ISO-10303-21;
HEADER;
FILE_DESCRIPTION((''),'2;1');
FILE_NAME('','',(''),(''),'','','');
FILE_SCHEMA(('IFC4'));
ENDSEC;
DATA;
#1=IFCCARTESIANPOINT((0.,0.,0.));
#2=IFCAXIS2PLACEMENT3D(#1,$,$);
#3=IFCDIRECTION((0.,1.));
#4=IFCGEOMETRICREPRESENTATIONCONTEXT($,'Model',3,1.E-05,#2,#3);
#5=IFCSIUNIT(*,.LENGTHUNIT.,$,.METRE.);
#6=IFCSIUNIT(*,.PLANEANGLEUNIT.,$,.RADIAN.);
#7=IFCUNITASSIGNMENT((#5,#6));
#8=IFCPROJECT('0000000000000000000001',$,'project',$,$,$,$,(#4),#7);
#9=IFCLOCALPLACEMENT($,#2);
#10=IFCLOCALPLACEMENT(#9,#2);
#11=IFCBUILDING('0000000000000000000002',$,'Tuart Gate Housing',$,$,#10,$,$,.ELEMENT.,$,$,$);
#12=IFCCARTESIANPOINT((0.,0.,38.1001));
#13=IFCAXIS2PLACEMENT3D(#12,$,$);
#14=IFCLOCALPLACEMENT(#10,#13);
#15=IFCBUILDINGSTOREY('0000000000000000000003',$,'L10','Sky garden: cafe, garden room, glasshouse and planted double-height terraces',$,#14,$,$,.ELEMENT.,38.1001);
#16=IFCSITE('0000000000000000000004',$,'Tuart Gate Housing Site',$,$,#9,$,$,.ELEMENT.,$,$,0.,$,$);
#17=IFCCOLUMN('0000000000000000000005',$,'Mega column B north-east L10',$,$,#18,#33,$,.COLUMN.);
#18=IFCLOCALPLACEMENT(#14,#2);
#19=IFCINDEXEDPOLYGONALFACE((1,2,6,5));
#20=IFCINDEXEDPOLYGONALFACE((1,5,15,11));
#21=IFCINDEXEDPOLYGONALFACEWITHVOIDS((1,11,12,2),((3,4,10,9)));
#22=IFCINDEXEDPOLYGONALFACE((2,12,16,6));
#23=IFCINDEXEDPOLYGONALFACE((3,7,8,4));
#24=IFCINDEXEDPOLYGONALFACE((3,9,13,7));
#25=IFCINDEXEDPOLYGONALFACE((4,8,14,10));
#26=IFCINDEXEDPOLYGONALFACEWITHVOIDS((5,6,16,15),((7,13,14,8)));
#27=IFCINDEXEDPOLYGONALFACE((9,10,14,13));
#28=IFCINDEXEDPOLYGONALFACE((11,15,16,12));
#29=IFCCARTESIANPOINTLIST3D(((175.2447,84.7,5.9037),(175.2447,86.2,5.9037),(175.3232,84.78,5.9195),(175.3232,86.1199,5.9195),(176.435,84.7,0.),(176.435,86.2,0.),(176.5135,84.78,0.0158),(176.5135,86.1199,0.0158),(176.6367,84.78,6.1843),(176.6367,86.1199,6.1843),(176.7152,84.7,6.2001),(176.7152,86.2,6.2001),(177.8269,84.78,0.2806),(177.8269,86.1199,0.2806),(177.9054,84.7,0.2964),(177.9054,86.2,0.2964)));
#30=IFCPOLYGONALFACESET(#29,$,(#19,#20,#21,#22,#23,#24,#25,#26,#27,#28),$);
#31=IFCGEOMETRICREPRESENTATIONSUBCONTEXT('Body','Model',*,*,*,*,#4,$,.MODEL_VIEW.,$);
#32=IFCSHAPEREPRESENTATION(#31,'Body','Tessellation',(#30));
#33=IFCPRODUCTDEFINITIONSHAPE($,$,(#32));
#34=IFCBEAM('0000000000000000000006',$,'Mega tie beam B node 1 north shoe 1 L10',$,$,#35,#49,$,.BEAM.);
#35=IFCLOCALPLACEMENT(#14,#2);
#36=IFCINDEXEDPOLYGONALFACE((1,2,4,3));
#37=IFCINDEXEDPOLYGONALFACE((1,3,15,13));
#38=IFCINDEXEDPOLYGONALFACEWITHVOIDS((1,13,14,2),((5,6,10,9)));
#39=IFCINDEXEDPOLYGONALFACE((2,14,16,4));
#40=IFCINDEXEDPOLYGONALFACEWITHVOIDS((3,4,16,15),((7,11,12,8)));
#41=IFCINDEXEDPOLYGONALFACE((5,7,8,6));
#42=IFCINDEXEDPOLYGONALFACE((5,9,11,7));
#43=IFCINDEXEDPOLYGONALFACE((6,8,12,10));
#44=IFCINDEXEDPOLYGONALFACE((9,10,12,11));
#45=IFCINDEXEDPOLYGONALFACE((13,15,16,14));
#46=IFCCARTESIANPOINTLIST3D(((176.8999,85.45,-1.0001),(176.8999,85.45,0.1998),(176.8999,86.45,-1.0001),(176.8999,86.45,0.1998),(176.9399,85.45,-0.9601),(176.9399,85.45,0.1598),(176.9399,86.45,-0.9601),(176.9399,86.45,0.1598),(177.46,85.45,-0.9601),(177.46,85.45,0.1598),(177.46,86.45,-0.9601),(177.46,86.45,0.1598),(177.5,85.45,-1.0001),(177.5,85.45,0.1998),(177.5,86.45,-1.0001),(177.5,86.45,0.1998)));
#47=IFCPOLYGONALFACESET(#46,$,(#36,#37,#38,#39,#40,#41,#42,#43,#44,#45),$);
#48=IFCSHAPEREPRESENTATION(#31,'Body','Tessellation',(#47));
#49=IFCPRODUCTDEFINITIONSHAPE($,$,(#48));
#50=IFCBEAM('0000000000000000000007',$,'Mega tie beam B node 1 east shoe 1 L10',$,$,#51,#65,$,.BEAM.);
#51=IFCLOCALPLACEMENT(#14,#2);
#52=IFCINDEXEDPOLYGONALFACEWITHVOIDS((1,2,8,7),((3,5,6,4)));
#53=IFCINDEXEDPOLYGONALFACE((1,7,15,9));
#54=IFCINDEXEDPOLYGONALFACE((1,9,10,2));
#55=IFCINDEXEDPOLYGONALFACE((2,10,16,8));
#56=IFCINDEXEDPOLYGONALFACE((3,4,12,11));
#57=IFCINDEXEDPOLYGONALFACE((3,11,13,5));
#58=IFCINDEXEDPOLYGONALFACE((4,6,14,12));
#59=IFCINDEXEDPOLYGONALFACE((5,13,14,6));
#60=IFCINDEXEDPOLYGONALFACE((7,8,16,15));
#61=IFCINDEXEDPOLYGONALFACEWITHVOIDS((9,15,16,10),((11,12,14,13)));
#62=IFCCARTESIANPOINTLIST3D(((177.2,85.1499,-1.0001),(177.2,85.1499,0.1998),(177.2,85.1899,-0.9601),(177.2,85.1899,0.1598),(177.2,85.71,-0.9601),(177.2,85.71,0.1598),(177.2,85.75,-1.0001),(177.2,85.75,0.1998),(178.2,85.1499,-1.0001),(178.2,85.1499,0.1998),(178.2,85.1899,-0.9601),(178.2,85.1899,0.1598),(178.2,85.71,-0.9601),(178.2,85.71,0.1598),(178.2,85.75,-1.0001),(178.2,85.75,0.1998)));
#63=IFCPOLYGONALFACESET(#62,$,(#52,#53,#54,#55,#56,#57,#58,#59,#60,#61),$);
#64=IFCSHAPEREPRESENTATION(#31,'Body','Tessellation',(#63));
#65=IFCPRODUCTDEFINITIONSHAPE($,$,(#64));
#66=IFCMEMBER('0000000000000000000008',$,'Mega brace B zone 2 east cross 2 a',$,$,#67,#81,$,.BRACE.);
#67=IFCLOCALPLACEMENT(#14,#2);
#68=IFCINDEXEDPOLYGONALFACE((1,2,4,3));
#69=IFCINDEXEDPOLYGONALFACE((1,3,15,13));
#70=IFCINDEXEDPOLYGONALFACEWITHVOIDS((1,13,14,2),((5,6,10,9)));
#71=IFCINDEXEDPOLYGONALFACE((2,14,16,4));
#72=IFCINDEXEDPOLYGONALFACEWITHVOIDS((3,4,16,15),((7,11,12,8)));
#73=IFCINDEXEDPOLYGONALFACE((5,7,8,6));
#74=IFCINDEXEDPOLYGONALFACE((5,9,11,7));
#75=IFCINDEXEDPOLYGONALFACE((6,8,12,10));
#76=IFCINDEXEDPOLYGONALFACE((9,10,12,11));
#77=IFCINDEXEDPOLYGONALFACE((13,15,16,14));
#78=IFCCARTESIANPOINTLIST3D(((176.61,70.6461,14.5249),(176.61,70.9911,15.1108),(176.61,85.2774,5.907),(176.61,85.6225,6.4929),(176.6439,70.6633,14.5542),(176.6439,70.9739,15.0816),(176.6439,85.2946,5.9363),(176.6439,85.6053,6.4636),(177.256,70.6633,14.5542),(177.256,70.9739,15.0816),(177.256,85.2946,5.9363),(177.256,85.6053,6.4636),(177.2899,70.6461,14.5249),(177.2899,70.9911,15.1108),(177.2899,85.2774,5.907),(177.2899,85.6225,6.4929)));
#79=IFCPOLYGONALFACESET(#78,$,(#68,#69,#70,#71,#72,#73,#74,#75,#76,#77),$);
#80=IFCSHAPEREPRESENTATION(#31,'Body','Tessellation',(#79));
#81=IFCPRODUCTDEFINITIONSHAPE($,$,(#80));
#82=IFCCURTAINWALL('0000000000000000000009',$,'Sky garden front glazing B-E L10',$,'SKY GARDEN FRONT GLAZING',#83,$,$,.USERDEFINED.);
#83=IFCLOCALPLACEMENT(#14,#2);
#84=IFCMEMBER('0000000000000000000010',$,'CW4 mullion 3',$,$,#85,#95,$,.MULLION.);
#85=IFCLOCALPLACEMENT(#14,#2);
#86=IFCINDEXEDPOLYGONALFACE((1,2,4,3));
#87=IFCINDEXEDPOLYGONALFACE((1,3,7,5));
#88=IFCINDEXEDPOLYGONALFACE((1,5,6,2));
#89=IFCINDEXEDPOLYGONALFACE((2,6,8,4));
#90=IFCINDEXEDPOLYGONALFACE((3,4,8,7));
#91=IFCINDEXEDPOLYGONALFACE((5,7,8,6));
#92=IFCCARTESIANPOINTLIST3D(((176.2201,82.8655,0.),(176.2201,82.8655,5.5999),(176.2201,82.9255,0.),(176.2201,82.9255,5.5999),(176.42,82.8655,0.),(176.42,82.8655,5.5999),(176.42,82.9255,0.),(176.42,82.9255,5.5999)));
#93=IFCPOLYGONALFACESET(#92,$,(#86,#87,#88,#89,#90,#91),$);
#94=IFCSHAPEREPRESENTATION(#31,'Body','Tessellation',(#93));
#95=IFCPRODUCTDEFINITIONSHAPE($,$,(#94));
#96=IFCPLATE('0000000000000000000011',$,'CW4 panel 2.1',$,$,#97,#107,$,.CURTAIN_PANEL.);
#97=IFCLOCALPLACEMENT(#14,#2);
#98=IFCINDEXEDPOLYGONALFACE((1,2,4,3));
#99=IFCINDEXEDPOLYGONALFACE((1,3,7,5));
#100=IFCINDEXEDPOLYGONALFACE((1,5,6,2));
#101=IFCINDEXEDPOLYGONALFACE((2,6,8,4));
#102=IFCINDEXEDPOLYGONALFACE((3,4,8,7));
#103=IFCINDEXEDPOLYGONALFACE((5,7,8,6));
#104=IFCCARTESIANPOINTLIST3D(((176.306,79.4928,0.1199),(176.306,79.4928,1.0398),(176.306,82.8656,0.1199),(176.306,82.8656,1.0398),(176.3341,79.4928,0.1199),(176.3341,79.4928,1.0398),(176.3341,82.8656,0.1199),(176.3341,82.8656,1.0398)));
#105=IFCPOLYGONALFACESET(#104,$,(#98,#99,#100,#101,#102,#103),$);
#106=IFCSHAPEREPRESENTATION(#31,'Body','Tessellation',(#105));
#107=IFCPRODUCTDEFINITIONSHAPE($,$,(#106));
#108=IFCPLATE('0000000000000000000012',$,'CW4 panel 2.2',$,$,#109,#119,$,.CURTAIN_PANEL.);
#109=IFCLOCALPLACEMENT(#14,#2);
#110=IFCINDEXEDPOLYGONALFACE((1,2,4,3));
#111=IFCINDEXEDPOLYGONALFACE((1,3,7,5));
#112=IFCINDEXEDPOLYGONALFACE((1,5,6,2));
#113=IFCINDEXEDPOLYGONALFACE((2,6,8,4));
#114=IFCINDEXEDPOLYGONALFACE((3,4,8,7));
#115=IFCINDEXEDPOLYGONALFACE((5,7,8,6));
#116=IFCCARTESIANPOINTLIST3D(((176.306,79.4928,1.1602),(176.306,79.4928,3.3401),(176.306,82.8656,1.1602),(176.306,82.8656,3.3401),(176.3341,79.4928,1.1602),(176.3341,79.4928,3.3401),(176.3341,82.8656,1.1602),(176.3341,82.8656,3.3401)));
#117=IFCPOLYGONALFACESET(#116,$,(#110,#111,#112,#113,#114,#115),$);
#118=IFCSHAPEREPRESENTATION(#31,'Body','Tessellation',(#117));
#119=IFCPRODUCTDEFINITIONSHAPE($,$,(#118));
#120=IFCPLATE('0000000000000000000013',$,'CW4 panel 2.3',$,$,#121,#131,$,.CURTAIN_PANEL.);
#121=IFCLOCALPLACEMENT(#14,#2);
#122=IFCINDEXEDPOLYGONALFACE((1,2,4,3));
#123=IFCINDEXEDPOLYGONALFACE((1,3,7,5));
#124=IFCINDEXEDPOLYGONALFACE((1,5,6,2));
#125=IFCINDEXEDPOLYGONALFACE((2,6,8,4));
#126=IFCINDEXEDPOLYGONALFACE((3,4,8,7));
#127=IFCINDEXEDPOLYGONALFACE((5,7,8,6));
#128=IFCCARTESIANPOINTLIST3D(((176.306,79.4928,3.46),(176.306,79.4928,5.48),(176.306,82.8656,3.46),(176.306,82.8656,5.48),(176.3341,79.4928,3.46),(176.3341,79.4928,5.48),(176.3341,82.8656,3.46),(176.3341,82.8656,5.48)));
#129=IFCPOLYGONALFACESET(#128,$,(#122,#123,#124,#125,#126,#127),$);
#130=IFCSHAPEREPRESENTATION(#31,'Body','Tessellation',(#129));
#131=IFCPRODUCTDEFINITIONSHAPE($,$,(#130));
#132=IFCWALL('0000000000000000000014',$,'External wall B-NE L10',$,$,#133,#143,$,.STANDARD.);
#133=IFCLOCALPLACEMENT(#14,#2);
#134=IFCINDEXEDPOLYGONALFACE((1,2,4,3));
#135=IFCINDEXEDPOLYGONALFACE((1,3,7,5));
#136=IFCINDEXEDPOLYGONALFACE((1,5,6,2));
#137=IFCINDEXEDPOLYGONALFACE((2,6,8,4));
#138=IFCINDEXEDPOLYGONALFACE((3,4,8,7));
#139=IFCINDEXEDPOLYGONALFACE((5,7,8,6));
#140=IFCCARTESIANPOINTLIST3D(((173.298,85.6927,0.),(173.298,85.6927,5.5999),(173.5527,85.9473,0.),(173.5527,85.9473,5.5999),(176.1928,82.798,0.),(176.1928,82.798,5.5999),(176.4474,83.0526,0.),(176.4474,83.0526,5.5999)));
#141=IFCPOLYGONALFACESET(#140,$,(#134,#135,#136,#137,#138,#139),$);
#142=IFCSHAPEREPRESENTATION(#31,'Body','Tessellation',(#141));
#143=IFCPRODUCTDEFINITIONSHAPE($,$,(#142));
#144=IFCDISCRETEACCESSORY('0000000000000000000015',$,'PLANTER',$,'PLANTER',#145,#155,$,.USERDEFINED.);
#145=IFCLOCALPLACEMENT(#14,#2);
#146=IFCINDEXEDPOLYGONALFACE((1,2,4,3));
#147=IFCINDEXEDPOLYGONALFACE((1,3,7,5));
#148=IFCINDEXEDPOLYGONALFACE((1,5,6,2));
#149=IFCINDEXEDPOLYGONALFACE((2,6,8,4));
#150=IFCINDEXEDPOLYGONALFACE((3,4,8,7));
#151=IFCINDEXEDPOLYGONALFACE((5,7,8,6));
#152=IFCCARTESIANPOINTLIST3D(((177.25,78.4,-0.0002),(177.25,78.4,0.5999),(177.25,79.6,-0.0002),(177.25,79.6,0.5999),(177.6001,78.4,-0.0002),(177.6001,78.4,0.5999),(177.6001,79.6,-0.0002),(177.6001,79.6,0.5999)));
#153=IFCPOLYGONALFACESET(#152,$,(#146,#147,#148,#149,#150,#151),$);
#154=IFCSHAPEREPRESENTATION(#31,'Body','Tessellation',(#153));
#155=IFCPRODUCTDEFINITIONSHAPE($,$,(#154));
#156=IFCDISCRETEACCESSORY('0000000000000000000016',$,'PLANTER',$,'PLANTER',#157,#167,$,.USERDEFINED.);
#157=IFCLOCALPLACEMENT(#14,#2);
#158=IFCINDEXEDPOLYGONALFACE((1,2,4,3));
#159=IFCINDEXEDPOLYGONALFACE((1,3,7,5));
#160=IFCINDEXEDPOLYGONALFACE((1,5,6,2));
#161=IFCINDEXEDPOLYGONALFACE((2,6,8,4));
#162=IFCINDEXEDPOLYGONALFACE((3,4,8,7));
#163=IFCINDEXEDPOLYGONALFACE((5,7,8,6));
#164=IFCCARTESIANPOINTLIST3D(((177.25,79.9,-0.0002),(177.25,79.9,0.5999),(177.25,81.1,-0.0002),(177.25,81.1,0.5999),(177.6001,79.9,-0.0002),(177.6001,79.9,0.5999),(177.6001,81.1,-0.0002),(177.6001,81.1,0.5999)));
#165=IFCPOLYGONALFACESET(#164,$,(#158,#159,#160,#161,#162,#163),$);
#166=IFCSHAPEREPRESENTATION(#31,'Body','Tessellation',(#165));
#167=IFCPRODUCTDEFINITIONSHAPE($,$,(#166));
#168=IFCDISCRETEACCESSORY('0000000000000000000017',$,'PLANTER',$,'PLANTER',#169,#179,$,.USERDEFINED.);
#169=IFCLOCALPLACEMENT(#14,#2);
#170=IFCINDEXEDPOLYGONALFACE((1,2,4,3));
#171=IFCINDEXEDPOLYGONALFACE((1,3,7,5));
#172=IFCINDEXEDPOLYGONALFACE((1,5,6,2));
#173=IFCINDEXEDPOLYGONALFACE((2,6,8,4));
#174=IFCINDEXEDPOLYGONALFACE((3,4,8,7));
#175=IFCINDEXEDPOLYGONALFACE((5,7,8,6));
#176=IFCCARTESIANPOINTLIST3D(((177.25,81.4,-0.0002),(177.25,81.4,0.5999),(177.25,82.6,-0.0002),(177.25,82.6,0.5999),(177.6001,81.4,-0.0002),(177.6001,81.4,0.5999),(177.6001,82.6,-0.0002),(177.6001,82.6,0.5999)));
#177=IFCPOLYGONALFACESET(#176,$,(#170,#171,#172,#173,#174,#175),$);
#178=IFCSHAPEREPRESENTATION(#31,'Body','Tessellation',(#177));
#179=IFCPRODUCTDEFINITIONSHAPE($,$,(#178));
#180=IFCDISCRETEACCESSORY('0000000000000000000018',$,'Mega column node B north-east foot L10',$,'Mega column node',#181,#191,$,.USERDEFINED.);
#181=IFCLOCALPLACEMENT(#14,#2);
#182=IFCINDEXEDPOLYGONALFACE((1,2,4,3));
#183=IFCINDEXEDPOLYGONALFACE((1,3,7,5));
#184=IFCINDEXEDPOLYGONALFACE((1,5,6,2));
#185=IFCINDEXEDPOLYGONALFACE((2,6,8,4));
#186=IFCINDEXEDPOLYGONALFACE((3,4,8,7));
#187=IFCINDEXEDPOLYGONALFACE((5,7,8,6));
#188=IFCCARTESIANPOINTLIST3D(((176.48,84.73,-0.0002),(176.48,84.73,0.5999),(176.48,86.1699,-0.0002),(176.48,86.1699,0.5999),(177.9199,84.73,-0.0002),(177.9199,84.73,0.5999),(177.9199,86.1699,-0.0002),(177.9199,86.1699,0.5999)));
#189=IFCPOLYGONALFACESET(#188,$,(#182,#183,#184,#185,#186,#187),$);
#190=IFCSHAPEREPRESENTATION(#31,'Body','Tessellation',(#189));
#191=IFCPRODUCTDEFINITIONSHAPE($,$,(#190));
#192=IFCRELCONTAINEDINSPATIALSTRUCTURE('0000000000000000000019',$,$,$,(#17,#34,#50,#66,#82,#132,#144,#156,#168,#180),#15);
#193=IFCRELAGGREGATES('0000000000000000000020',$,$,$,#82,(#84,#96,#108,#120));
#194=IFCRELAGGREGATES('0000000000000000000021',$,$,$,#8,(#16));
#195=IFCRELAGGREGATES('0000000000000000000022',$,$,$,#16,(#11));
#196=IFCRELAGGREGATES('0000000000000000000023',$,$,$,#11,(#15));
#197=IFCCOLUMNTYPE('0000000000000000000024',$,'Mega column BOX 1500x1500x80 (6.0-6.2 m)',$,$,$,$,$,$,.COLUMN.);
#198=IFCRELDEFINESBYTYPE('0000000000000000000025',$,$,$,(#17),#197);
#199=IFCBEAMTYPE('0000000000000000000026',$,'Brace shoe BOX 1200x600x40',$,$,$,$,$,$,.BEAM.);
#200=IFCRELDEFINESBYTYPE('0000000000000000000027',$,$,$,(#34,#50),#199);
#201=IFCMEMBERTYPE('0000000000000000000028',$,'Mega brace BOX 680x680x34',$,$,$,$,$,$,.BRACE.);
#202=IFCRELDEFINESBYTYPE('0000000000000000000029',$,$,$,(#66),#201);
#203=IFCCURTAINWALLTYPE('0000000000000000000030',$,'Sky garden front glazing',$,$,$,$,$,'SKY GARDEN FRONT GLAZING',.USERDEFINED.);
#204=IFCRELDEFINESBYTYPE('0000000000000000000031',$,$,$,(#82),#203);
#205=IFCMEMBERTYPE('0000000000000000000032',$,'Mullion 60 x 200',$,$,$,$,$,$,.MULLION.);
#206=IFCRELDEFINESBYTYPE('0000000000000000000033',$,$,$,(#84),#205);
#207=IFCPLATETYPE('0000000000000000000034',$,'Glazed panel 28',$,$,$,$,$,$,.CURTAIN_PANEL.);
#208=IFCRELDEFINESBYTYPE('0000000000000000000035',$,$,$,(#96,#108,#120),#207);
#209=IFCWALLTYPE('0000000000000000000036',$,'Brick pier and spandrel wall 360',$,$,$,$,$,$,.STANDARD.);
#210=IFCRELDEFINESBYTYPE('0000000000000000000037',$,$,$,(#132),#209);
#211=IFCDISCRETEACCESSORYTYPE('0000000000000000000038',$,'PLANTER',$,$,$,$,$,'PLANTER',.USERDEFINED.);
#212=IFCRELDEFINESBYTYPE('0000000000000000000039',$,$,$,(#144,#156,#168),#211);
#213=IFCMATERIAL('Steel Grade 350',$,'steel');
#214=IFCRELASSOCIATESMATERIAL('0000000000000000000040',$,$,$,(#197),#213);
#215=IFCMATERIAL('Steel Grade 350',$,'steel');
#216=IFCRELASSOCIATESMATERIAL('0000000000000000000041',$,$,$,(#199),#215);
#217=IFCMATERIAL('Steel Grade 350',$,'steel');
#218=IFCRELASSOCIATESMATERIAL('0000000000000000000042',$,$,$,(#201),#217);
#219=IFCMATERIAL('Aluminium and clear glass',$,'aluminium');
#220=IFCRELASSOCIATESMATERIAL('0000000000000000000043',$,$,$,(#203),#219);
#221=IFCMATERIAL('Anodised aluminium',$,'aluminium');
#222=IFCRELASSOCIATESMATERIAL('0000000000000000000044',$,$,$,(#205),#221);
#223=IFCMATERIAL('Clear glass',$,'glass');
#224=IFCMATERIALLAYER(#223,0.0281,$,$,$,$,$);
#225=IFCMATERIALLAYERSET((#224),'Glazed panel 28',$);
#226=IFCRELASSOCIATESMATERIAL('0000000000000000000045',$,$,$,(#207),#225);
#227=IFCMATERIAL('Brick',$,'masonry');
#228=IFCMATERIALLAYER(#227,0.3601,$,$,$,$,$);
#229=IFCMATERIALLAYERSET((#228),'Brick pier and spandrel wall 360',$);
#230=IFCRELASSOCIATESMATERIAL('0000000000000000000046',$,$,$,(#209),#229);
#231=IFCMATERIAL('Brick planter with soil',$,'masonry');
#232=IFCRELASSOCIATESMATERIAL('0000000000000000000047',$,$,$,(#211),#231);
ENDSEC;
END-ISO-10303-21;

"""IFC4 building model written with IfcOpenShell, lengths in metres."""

from ifc_helpers import new_model, si_unit, direction, frame, frame_2d, origin, origin_2d, place, context, subcontext, project, spatial, rectangle, hollow_rectangle, extrude, material, layer, layer_set, material_profile, profile_set, type_object, element, aggregate, save


model = new_model("IFC4")

# Units and contexts
model_context = context("Model", 3, precision=1e-05, world=origin(), true_north=direction((0.0, 1.0)))
body_context = subcontext(model_context, "Body", "Model", "MODEL_VIEW")
ifc_project = project(units=[si_unit("LENGTHUNIT", "METRE"), si_unit("PLANEANGLEUNIT", "RADIAN")], contexts=[model_context])

# Site, building, storey
site_placement = place(None, origin())
site = spatial("IfcSite", under=ifc_project, at=site_placement, Name="Tuart Gate Housing Site", CompositionType="ELEMENT", RefElevation=0.0)
building_placement = place(site_placement, origin())
building = spatial("IfcBuilding", under=site, at=building_placement, Name="Tuart Gate Housing", CompositionType="ELEMENT")
storey_placement = place(building_placement, frame((0.0, 0.0, 38.1001)))
storey = spatial("IfcBuildingStorey", under=building, at=storey_placement, Name="L10", Description="Sky garden: cafe, garden room, glasshouse and planted double-height terraces", CompositionType="ELEMENT", Elevation=38.1001)

# Column
ifc_material_1 = material(Name="Steel Grade 350", Category="steel")
ifc_material_profile_1 = material_profile(ifc_material_1, hollow_rectangle(XDim=1.5, YDim=1.5, WallThickness=0.0801, at=origin_2d()), Name="BOX 1500x1500x80")
ifc_profile_set_1 = profile_set([ifc_material_profile_1], Name="Steel Grade 350")
column_type = type_object("IfcColumnType", Name="Mega column BOX 1500x1500x80 (6.0-6.2 m)", PredefinedType="COLUMN", material=ifc_profile_set_1)
column_placement = place(storey_placement, frame((177.1702, 85.45, 0.1482), z_axis=(-0.197628, 0.0, 0.980277), x_axis=(0.0, -1.0, 0.0)))
element("IfcColumn", 1, at=column_placement, inside=storey, type_object=column_type, Name="Mega column B north-east L10", PredefinedType="COLUMN", context=body_context, shape_type="SweptSolid", body=[
    extrude(hollow_rectangle(XDim=1.5, YDim=1.5, WallThickness=0.0801, at=origin_2d()), origin(), (0.0, 0.0, 1.0), 6.0225),
])

# Beams
ifc_material_2 = material(Name="Steel Grade 350", Category="steel")
ifc_material_profile_2 = material_profile(ifc_material_2, hollow_rectangle(XDim=0.6001, YDim=1.2, WallThickness=0.04, at=origin_2d()), Name="BOX 1200x600x40")
ifc_profile_set_2 = profile_set([ifc_material_profile_2], Name="Steel Grade 350")
beam_type = type_object("IfcBeamType", Name="Brace shoe BOX 1200x600x40", PredefinedType="BEAM", material=ifc_profile_set_2)
for number, where, z_axis, x_axis, name in (
    (2, (177.2, 85.45, -0.4001), (0.0, 1.0, 0.0), (-1.0, 0.0, 0.0), "Mega tie beam B node 1 north shoe 1 L10"),
    (3, (177.2, 85.45, -0.4001), (1.0, 0.0, 0.0), (0.0, 1.0, 0.0), "Mega tie beam B node 1 east shoe 1 L10"),
):
    element("IfcBeam", number, at=place(storey_placement, frame(where, z_axis=z_axis, x_axis=x_axis)), inside=storey, type_object=beam_type, Name=name, PredefinedType="BEAM", context=body_context, shape_type="SweptSolid", body=[
        extrude(hollow_rectangle(XDim=0.6001, YDim=1.2, WallThickness=0.04, at=origin_2d()), origin(), (0.0, 0.0, 1.0), 1.0),
    ])

# Member
ifc_material_3 = material(Name="Steel Grade 350", Category="steel")
ifc_material_profile_3 = material_profile(ifc_material_3, hollow_rectangle(XDim=0.6799, YDim=0.6799, WallThickness=0.0339, at=origin_2d()), Name="BOX 680x680x34")
ifc_profile_set_3 = profile_set([ifc_material_profile_3], Name="Steel Grade 350")
member_type_1 = type_object("IfcMemberType", Name="Mega brace BOX 680x680x34", PredefinedType="BRACE", material=ifc_profile_set_3)
member_1_placement = place(storey_placement, frame((176.95, 85.45, 6.2), z_axis=(0.0, -0.861645, 0.507512), x_axis=(1.0, 0.0, 0.0)))
element("IfcMember", 4, at=member_1_placement, inside=storey, type_object=member_type_1, Name="Mega brace B zone 2 east cross 2 a", PredefinedType="BRACE", context=body_context, shape_type="SweptSolid", body=[
    extrude(hollow_rectangle(XDim=0.6799, YDim=0.6799, WallThickness=0.0339, at=origin_2d()), origin(), (0.0, 0.0, 1.0), 16.9807),
])

# Curtain wall, member, plates
ifc_material_4 = material(Name="Aluminium and clear glass", Category="aluminium")
curtain_wall_type = type_object("IfcCurtainWallType", Name="Sky garden front glazing", ElementType="SKY GARDEN FRONT GLAZING", PredefinedType="USERDEFINED", material=ifc_material_4)
curtain_wall_placement = place(storey_placement, origin())
curtain_wall = element("IfcCurtainWall", 5, at=curtain_wall_placement, inside=storey, type_object=curtain_wall_type, Name="Sky garden front glazing B-E L10", ObjectType="SKY GARDEN FRONT GLAZING", PredefinedType="USERDEFINED")
ifc_material_5 = material(Name="Anodised aluminium", Category="aluminium")
ifc_material_profile_4 = material_profile(ifc_material_5, rectangle(XDim=0.0601, YDim=0.2, at=origin_2d()), Name="60x200")
ifc_profile_set_4 = profile_set([ifc_material_profile_4], Name="Anodised aluminium")
member_type_2 = type_object("IfcMemberType", Name="Mullion 60 x 200", PredefinedType="MULLION", material=ifc_profile_set_4)
member_2_placement = place(storey_placement, frame((176.3201, 82.8955, 0.0), z_axis=(0.0, 0.0, 1.0), x_axis=(0.0, 1.0, 0.0)))
member_2 = element("IfcMember", 6, at=member_2_placement, type_object=member_type_2, Name="CW4 mullion 3", PredefinedType="MULLION", context=body_context, shape_type="SweptSolid", body=[
    extrude(rectangle(XDim=0.0601, YDim=0.2, at=origin_2d()), origin(), (0.0, 0.0, 1.0), 5.5999),
])
ifc_material_6 = material(Name="Clear glass", Category="glass")
ifc_layer_1 = layer(ifc_material_6, 0.0281)
ifc_layer_set_1 = layer_set([ifc_layer_1], Name="Glazed panel 28")
plate_type = type_object("IfcPlateType", Name="Glazed panel 28", PredefinedType="CURTAIN_PANEL", material=ifc_layer_set_1)
plate_1_placement = place(storey_placement, frame((176.3201, 81.1792, 0.1199), z_axis=(0.0, 0.0, 1.0), x_axis=(0.0, 1.0, 0.0)))
plate_1 = element("IfcPlate", 7, at=plate_1_placement, type_object=plate_type, Name="CW4 panel 2.1", PredefinedType="CURTAIN_PANEL", context=body_context, shape_type="SweptSolid", body=[
    extrude(rectangle(XDim=3.3728, YDim=0.0281, at=origin_2d()), origin(), (0.0, 0.0, 1.0), 0.9199),
])
plate_2_placement = place(storey_placement, frame((176.3201, 81.1792, 1.1602), z_axis=(0.0, 0.0, 1.0), x_axis=(0.0, 1.0, 0.0)))
plate_2 = element("IfcPlate", 8, at=plate_2_placement, type_object=plate_type, Name="CW4 panel 2.2", PredefinedType="CURTAIN_PANEL", context=body_context, shape_type="SweptSolid", body=[
    extrude(rectangle(XDim=3.3728, YDim=0.0281, at=origin_2d()), origin(), (0.0, 0.0, 1.0), 2.1799),
])
plate_3_placement = place(storey_placement, frame((176.3201, 81.1792, 3.46), z_axis=(0.0, 0.0, 1.0), x_axis=(0.0, 1.0, 0.0)))
plate_3 = element("IfcPlate", 9, at=plate_3_placement, type_object=plate_type, Name="CW4 panel 2.3", PredefinedType="CURTAIN_PANEL", context=body_context, shape_type="SweptSolid", body=[
    extrude(rectangle(XDim=3.3728, YDim=0.0281, at=origin_2d()), origin(), (0.0, 0.0, 1.0), 2.02),
])
aggregate(curtain_wall, [member_2, plate_1, plate_2, plate_3])

# Wall
ifc_material_7 = material(Name="Brick", Category="masonry")
ifc_layer_2 = layer(ifc_material_7, 0.3601)
ifc_layer_set_2 = layer_set([ifc_layer_2], Name="Brick pier and spandrel wall 360")
wall_type = type_object("IfcWallType", Name="Brick pier and spandrel wall 360", PredefinedType="STANDARD", material=ifc_layer_set_2)
wall_placement = place(storey_placement, frame((176.3201, 82.9253, 0.0), z_axis=(0.0, 0.0, 1.0), x_axis=(-0.707107, 0.707107, 0.0)))
element("IfcWall", 10, at=wall_placement, inside=storey, type_object=wall_type, Name="External wall B-NE L10", PredefinedType="STANDARD", context=body_context, shape_type="SweptSolid", body=[
    extrude(rectangle(XDim=4.0938, YDim=0.3601, at=frame_2d((2.0469, 0.0))), origin(), (0.0, 0.0, 1.0), 5.5999),
])

# Discrete accessories
ifc_material_8 = material(Name="Brick planter with soil", Category="masonry")
discrete_accessory_type = type_object("IfcDiscreteAccessoryType", Name="PLANTER", ElementType="PLANTER", PredefinedType="USERDEFINED", material=ifc_material_8)
for number, where, z_axis, x_axis, name in (
    (11, (177.425, 79.0, -0.0002), (0.0, 0.0, 1.0), (1.0, 0.0, 0.0), "PLANTER"),
    (12, (177.425, 80.5, -0.0002), (0.0, 0.0, 1.0), (1.0, 0.0, 0.0), "PLANTER"),
    (13, (177.425, 82.0, -0.0002), (0.0, 0.0, 1.0), (1.0, 0.0, 0.0), "PLANTER"),
):
    element("IfcDiscreteAccessory", number, at=place(storey_placement, frame(where, z_axis=z_axis, x_axis=x_axis)), inside=storey, type_object=discrete_accessory_type, Name=name, ObjectType="PLANTER", PredefinedType="USERDEFINED", context=body_context, shape_type="SweptSolid", body=[
        extrude(rectangle(XDim=0.3501, YDim=1.2, at=origin_2d()), origin(), (0.0, 0.0, 1.0), 0.6001),
    ])
discrete_accessory_placement = place(storey_placement, frame((177.2, 85.45, -0.0002), z_axis=(0.0, 0.0, 1.0), x_axis=(1.0, 0.0, 0.0)))
element("IfcDiscreteAccessory", 14, at=discrete_accessory_placement, inside=storey, Name="Mega column node B north-east foot L10", ObjectType="Mega column node", PredefinedType="USERDEFINED", context=body_context, shape_type="SweptSolid", body=[
    extrude(rectangle(XDim=1.4399, YDim=1.4399, at=origin_2d()), origin(), (0.0, 0.0, 1.0), 0.6001),
])

save(model, "model.ifc")
